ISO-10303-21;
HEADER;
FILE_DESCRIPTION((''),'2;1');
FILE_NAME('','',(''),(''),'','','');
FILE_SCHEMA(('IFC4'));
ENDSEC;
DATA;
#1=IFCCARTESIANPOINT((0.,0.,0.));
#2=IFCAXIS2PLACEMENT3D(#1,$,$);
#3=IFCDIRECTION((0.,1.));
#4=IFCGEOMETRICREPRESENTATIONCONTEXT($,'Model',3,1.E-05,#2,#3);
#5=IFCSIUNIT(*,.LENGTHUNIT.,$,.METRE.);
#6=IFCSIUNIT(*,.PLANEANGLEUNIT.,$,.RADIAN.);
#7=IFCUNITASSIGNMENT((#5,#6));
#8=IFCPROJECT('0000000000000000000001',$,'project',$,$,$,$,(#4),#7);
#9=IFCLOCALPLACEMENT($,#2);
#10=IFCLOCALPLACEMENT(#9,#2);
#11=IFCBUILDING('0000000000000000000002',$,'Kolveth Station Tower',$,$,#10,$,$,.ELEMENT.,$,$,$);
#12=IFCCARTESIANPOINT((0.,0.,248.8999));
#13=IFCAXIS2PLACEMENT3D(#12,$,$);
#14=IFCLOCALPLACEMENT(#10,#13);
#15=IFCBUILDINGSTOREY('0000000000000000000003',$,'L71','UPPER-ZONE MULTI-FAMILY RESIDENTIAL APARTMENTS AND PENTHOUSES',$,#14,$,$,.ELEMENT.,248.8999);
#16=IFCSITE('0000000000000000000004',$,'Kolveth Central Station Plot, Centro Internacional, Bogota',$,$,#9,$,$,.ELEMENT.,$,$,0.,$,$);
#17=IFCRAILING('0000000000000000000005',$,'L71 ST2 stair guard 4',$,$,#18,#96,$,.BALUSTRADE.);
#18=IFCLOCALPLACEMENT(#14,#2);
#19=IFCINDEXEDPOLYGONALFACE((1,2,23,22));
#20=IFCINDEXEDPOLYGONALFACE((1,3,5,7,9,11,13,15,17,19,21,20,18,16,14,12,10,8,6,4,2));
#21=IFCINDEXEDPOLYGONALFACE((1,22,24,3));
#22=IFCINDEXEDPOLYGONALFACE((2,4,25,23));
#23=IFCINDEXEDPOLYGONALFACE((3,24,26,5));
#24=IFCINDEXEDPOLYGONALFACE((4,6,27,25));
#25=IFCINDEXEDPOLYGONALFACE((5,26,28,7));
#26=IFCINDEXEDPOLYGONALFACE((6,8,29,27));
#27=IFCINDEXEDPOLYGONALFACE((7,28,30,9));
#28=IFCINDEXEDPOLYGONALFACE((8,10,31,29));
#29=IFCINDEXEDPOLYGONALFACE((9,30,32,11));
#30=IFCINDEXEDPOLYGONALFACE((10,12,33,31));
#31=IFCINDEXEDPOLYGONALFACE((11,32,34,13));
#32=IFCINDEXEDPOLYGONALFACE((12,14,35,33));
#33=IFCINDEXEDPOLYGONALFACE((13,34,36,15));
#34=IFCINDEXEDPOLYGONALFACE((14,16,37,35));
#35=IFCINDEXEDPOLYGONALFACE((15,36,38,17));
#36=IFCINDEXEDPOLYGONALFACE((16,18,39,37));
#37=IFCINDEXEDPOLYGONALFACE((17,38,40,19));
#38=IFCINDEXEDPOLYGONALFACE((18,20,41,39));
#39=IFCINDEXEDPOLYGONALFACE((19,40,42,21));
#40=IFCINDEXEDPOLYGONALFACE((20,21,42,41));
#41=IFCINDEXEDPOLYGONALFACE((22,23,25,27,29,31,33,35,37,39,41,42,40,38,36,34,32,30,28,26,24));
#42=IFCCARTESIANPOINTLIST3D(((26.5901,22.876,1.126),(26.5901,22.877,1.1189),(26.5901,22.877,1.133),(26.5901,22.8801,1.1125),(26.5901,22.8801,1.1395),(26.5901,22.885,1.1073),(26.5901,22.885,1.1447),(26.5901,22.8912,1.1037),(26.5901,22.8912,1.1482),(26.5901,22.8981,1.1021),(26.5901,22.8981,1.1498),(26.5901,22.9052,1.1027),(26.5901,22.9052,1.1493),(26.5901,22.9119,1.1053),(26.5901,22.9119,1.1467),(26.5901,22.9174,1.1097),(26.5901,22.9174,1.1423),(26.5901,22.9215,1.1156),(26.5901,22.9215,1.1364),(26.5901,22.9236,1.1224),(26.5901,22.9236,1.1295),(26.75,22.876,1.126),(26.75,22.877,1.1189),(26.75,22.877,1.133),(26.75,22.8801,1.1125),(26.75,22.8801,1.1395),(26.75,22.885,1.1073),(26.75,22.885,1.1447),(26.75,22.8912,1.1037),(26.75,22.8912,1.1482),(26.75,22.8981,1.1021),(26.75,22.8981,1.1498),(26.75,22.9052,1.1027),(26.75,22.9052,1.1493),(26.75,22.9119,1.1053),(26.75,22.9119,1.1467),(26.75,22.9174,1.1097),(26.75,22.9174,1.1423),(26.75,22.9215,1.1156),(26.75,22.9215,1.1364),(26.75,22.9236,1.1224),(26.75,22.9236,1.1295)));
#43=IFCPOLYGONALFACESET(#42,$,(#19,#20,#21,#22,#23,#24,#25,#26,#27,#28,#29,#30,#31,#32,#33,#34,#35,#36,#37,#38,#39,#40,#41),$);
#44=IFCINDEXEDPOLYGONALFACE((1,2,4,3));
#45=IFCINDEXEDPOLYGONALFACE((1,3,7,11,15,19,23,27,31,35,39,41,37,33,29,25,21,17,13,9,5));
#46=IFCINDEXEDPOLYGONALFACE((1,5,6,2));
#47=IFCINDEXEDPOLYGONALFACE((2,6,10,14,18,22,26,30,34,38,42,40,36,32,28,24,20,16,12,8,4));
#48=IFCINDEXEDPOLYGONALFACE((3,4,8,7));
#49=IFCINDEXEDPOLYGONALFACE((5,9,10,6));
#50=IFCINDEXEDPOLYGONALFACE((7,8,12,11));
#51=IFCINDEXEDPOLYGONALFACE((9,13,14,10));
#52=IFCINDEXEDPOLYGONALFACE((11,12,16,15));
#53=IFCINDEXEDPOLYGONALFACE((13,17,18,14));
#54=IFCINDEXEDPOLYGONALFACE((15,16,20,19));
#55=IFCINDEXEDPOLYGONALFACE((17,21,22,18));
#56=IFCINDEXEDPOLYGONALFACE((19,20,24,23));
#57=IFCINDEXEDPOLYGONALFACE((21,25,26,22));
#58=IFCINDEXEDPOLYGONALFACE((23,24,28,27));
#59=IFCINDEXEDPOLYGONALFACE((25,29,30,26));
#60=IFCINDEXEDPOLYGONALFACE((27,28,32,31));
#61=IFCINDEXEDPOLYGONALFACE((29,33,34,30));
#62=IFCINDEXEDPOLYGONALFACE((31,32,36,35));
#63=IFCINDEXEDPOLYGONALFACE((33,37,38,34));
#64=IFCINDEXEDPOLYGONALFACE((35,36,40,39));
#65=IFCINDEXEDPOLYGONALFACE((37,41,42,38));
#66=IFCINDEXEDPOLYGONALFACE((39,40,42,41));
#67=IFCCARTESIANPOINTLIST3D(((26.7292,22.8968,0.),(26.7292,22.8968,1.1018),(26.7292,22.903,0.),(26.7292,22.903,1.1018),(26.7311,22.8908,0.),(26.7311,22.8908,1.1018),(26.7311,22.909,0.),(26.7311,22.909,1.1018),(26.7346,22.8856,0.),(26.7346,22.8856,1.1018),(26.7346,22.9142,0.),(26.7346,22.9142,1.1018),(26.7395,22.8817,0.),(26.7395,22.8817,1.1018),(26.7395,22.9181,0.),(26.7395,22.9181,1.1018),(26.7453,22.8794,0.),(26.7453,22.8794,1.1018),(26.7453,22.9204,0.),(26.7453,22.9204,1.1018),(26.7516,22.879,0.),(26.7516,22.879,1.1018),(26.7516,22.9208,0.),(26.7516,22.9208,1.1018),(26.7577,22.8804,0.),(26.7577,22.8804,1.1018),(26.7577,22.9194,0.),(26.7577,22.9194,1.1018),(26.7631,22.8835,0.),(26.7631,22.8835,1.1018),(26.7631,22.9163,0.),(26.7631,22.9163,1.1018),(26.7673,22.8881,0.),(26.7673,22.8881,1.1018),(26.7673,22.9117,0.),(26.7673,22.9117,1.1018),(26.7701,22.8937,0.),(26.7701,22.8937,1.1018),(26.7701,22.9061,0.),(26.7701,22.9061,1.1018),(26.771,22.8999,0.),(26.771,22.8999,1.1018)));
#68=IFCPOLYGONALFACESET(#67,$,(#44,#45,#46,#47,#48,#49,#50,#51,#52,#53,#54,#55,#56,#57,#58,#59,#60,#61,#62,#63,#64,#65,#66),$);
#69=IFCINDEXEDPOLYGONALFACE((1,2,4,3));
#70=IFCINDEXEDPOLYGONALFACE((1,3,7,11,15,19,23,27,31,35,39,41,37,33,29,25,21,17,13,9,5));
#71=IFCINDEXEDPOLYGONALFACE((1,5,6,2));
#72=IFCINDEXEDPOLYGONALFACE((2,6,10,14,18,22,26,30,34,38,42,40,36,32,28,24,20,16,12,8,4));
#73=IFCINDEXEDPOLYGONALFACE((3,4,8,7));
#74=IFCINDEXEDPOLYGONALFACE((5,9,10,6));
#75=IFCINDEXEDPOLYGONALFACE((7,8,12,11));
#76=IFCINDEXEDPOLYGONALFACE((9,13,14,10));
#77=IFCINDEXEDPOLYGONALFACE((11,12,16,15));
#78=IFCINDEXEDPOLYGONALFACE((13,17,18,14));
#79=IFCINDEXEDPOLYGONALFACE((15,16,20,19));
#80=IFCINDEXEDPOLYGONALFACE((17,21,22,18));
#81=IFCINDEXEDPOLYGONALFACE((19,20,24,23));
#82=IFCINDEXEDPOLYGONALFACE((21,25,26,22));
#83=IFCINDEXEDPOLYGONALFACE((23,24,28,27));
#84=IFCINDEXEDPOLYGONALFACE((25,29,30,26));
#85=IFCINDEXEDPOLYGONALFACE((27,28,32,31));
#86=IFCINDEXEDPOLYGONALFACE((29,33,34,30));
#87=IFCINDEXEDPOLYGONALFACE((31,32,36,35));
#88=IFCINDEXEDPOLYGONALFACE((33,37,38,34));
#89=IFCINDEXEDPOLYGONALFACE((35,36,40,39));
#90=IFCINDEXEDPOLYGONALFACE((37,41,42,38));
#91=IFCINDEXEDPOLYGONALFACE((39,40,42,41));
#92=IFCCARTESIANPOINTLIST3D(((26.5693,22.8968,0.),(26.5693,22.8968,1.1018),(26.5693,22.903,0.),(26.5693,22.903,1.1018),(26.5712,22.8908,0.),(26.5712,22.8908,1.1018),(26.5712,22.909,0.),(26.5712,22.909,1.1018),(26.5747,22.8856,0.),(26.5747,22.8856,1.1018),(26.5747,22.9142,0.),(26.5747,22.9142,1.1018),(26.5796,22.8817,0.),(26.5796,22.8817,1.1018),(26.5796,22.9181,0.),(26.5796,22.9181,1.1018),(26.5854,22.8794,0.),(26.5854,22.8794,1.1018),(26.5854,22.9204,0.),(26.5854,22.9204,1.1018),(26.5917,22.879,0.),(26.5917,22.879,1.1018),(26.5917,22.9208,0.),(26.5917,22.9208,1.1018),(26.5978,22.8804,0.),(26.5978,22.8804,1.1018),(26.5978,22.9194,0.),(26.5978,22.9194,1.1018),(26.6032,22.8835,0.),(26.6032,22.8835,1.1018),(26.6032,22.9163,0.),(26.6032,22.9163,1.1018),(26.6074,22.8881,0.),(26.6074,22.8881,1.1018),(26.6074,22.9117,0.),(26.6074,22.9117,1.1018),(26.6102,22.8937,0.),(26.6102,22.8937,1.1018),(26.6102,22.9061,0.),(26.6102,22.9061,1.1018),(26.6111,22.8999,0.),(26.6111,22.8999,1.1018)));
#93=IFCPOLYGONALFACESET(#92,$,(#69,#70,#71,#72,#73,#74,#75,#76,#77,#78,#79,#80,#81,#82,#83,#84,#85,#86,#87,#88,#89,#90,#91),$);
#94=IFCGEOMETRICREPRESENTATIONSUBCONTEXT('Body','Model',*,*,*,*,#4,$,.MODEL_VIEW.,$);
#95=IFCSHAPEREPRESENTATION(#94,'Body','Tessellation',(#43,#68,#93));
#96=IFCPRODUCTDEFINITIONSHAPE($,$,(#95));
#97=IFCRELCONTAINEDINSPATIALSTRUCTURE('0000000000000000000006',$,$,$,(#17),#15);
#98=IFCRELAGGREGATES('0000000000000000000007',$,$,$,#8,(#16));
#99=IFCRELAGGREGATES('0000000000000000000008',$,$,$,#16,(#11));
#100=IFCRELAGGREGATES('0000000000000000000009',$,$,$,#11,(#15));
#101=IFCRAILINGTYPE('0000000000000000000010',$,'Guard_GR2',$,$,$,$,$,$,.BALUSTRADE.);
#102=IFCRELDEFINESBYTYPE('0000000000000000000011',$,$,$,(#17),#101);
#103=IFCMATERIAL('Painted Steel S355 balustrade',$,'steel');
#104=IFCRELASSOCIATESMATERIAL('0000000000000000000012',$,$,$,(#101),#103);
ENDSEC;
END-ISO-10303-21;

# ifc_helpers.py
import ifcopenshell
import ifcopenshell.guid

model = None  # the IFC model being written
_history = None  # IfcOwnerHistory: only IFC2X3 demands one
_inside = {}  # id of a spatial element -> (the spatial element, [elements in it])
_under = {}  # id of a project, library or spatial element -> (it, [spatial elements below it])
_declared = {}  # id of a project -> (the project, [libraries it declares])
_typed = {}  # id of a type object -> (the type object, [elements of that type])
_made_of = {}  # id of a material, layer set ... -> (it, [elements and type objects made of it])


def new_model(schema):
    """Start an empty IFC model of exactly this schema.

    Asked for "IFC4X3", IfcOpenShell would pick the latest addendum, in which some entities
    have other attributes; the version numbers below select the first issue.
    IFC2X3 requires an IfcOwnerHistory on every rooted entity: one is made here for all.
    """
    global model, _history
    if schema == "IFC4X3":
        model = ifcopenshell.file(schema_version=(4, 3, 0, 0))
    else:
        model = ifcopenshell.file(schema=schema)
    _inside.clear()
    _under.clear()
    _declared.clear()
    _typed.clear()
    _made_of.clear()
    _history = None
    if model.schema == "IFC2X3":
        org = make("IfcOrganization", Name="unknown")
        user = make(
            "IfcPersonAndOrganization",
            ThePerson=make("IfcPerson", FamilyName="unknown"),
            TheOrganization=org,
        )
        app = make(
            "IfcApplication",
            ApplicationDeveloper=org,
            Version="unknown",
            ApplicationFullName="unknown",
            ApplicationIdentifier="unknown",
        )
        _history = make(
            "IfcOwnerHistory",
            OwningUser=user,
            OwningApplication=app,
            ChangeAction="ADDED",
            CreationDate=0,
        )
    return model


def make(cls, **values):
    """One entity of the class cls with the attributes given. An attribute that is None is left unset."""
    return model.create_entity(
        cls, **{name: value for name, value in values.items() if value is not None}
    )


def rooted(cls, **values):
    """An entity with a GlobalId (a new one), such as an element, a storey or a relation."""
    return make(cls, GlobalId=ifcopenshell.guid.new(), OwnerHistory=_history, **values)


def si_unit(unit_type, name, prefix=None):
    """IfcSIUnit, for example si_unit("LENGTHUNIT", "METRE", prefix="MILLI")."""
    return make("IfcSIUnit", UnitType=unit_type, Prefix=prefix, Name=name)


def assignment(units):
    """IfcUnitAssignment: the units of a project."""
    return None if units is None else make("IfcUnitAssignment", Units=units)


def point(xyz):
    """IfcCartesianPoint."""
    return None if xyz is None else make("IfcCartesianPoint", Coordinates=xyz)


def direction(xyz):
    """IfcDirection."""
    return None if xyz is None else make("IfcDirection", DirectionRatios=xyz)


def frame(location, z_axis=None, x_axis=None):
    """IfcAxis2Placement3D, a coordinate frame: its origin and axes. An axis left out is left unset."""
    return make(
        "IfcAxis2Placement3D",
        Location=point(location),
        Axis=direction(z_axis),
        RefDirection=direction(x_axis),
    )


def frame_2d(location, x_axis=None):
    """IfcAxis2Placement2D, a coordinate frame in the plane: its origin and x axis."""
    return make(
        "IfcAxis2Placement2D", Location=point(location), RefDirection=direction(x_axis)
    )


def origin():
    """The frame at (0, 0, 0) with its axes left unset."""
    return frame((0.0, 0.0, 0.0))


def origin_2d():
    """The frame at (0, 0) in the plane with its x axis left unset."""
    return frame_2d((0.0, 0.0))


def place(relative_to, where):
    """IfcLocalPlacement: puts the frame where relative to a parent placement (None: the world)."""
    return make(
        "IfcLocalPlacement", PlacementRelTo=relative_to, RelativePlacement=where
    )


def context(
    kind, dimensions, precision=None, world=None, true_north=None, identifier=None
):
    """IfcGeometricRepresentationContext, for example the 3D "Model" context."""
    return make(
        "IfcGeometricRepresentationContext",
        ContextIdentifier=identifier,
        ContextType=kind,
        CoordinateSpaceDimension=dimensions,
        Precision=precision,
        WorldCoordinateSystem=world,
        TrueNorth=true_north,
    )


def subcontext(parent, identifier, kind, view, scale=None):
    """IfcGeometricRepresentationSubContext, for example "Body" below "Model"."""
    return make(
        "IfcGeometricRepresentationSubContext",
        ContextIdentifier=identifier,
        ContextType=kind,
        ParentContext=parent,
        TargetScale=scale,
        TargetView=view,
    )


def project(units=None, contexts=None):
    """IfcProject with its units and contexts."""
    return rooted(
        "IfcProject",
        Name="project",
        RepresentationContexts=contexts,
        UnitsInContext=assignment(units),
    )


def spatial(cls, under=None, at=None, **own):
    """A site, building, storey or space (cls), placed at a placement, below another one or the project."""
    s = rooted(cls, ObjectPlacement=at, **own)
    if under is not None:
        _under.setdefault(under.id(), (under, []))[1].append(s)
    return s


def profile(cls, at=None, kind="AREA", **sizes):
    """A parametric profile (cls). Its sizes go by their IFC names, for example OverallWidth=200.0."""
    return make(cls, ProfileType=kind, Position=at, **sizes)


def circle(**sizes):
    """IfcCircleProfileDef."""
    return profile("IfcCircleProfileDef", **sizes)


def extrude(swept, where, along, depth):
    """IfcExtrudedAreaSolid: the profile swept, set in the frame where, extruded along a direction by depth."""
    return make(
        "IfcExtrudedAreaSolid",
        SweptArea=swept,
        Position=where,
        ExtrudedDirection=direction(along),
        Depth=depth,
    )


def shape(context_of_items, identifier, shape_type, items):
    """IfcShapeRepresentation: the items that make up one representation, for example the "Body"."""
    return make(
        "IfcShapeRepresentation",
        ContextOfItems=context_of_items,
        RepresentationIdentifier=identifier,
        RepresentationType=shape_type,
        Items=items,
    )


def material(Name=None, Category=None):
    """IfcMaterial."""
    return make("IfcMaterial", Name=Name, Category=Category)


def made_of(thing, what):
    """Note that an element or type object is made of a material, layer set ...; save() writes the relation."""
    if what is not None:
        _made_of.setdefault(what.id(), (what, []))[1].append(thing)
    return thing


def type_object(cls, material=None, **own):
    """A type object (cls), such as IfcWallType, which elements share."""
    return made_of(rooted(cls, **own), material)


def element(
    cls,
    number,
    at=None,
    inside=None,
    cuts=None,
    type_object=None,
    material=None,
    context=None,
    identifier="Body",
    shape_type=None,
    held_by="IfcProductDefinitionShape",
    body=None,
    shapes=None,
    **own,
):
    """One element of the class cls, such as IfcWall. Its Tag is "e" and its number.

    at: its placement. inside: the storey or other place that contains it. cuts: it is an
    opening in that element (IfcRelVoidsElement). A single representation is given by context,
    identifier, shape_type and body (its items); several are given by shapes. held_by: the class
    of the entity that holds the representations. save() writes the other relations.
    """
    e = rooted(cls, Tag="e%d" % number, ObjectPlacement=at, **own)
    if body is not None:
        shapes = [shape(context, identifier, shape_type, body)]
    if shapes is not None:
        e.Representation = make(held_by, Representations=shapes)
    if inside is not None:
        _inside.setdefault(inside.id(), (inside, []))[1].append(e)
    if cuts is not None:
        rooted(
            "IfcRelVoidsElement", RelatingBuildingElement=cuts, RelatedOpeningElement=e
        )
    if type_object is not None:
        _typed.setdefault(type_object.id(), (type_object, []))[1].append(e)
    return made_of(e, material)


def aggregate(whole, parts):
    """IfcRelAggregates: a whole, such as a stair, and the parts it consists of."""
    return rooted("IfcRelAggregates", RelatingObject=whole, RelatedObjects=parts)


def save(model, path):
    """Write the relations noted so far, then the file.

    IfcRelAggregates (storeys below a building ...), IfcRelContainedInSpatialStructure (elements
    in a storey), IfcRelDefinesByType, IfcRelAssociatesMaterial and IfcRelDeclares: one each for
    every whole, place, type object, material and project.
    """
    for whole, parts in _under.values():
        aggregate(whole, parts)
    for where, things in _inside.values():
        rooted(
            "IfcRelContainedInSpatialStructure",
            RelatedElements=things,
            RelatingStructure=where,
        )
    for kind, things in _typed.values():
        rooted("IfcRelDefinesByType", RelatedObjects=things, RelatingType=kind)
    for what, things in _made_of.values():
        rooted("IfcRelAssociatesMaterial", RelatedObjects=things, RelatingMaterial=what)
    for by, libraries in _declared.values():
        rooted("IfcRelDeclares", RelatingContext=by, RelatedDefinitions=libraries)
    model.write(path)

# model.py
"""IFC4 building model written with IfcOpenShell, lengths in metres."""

from ifc_helpers import new_model, si_unit, direction, frame, origin, origin_2d, place, context, subcontext, project, spatial, circle, extrude, material, type_object, element, save


model = new_model("IFC4")

# Units and contexts
model_context = context("Model", 3, precision=1e-05, world=origin(), true_north=direction((0.0, 1.0)))
body_context = subcontext(model_context, "Body", "Model", "MODEL_VIEW")
ifc_project = project(units=[si_unit("LENGTHUNIT", "METRE"), si_unit("PLANEANGLEUNIT", "RADIAN")], contexts=[model_context])

# Site, building, storey
site_placement = place(None, origin())
site = spatial("IfcSite", under=ifc_project, at=site_placement, Name="Kolveth Central Station Plot, Centro Internacional, Bogota", CompositionType="ELEMENT", RefElevation=0.0)
building_placement = place(site_placement, origin())
building = spatial("IfcBuilding", under=site, at=building_placement, Name="Kolveth Station Tower", CompositionType="ELEMENT")
storey_placement = place(building_placement, frame((0.0, 0.0, 248.8999)))
storey = spatial("IfcBuildingStorey", under=building, at=storey_placement, Name="L71", Description="UPPER-ZONE MULTI-FAMILY RESIDENTIAL APARTMENTS AND PENTHOUSES", CompositionType="ELEMENT", Elevation=248.8999)

# Railing
ifc_material_1 = material(Name="Painted Steel S355 balustrade", Category="steel")
railing_type_1 = type_object("IfcRailingType", Name="Guard_GR2", PredefinedType="BALUSTRADE", material=ifc_material_1)
railing_1_placement = place(storey_placement, frame((26.75, 22.8999, 0.0)))
element("IfcRailing", 1, at=railing_1_placement, inside=storey, type_object=railing_type_1, Name="L71 ST2 stair guard 4", PredefinedType="BALUSTRADE", context=body_context, shape_type="SweptSolid", body=[
    extrude(circle(Radius=0.0239, at=origin_2d()), frame((0.0, 0.0, 1.126), z_axis=(-1.0, 0.0, 0.0), x_axis=(0.0, -1.0, 0.0)), (0.0, 0.0, 1.0), 0.1599),
    extrude(circle(Radius=0.021, at=origin_2d()), origin(), (0.0, 0.0, 1.0), 1.1018),
    extrude(circle(Radius=0.021, at=origin_2d()), frame((-0.1599, 0.0, 0.0)), (0.0, 0.0, 1.0), 1.1018),
])

save(model, "model.ifc")
